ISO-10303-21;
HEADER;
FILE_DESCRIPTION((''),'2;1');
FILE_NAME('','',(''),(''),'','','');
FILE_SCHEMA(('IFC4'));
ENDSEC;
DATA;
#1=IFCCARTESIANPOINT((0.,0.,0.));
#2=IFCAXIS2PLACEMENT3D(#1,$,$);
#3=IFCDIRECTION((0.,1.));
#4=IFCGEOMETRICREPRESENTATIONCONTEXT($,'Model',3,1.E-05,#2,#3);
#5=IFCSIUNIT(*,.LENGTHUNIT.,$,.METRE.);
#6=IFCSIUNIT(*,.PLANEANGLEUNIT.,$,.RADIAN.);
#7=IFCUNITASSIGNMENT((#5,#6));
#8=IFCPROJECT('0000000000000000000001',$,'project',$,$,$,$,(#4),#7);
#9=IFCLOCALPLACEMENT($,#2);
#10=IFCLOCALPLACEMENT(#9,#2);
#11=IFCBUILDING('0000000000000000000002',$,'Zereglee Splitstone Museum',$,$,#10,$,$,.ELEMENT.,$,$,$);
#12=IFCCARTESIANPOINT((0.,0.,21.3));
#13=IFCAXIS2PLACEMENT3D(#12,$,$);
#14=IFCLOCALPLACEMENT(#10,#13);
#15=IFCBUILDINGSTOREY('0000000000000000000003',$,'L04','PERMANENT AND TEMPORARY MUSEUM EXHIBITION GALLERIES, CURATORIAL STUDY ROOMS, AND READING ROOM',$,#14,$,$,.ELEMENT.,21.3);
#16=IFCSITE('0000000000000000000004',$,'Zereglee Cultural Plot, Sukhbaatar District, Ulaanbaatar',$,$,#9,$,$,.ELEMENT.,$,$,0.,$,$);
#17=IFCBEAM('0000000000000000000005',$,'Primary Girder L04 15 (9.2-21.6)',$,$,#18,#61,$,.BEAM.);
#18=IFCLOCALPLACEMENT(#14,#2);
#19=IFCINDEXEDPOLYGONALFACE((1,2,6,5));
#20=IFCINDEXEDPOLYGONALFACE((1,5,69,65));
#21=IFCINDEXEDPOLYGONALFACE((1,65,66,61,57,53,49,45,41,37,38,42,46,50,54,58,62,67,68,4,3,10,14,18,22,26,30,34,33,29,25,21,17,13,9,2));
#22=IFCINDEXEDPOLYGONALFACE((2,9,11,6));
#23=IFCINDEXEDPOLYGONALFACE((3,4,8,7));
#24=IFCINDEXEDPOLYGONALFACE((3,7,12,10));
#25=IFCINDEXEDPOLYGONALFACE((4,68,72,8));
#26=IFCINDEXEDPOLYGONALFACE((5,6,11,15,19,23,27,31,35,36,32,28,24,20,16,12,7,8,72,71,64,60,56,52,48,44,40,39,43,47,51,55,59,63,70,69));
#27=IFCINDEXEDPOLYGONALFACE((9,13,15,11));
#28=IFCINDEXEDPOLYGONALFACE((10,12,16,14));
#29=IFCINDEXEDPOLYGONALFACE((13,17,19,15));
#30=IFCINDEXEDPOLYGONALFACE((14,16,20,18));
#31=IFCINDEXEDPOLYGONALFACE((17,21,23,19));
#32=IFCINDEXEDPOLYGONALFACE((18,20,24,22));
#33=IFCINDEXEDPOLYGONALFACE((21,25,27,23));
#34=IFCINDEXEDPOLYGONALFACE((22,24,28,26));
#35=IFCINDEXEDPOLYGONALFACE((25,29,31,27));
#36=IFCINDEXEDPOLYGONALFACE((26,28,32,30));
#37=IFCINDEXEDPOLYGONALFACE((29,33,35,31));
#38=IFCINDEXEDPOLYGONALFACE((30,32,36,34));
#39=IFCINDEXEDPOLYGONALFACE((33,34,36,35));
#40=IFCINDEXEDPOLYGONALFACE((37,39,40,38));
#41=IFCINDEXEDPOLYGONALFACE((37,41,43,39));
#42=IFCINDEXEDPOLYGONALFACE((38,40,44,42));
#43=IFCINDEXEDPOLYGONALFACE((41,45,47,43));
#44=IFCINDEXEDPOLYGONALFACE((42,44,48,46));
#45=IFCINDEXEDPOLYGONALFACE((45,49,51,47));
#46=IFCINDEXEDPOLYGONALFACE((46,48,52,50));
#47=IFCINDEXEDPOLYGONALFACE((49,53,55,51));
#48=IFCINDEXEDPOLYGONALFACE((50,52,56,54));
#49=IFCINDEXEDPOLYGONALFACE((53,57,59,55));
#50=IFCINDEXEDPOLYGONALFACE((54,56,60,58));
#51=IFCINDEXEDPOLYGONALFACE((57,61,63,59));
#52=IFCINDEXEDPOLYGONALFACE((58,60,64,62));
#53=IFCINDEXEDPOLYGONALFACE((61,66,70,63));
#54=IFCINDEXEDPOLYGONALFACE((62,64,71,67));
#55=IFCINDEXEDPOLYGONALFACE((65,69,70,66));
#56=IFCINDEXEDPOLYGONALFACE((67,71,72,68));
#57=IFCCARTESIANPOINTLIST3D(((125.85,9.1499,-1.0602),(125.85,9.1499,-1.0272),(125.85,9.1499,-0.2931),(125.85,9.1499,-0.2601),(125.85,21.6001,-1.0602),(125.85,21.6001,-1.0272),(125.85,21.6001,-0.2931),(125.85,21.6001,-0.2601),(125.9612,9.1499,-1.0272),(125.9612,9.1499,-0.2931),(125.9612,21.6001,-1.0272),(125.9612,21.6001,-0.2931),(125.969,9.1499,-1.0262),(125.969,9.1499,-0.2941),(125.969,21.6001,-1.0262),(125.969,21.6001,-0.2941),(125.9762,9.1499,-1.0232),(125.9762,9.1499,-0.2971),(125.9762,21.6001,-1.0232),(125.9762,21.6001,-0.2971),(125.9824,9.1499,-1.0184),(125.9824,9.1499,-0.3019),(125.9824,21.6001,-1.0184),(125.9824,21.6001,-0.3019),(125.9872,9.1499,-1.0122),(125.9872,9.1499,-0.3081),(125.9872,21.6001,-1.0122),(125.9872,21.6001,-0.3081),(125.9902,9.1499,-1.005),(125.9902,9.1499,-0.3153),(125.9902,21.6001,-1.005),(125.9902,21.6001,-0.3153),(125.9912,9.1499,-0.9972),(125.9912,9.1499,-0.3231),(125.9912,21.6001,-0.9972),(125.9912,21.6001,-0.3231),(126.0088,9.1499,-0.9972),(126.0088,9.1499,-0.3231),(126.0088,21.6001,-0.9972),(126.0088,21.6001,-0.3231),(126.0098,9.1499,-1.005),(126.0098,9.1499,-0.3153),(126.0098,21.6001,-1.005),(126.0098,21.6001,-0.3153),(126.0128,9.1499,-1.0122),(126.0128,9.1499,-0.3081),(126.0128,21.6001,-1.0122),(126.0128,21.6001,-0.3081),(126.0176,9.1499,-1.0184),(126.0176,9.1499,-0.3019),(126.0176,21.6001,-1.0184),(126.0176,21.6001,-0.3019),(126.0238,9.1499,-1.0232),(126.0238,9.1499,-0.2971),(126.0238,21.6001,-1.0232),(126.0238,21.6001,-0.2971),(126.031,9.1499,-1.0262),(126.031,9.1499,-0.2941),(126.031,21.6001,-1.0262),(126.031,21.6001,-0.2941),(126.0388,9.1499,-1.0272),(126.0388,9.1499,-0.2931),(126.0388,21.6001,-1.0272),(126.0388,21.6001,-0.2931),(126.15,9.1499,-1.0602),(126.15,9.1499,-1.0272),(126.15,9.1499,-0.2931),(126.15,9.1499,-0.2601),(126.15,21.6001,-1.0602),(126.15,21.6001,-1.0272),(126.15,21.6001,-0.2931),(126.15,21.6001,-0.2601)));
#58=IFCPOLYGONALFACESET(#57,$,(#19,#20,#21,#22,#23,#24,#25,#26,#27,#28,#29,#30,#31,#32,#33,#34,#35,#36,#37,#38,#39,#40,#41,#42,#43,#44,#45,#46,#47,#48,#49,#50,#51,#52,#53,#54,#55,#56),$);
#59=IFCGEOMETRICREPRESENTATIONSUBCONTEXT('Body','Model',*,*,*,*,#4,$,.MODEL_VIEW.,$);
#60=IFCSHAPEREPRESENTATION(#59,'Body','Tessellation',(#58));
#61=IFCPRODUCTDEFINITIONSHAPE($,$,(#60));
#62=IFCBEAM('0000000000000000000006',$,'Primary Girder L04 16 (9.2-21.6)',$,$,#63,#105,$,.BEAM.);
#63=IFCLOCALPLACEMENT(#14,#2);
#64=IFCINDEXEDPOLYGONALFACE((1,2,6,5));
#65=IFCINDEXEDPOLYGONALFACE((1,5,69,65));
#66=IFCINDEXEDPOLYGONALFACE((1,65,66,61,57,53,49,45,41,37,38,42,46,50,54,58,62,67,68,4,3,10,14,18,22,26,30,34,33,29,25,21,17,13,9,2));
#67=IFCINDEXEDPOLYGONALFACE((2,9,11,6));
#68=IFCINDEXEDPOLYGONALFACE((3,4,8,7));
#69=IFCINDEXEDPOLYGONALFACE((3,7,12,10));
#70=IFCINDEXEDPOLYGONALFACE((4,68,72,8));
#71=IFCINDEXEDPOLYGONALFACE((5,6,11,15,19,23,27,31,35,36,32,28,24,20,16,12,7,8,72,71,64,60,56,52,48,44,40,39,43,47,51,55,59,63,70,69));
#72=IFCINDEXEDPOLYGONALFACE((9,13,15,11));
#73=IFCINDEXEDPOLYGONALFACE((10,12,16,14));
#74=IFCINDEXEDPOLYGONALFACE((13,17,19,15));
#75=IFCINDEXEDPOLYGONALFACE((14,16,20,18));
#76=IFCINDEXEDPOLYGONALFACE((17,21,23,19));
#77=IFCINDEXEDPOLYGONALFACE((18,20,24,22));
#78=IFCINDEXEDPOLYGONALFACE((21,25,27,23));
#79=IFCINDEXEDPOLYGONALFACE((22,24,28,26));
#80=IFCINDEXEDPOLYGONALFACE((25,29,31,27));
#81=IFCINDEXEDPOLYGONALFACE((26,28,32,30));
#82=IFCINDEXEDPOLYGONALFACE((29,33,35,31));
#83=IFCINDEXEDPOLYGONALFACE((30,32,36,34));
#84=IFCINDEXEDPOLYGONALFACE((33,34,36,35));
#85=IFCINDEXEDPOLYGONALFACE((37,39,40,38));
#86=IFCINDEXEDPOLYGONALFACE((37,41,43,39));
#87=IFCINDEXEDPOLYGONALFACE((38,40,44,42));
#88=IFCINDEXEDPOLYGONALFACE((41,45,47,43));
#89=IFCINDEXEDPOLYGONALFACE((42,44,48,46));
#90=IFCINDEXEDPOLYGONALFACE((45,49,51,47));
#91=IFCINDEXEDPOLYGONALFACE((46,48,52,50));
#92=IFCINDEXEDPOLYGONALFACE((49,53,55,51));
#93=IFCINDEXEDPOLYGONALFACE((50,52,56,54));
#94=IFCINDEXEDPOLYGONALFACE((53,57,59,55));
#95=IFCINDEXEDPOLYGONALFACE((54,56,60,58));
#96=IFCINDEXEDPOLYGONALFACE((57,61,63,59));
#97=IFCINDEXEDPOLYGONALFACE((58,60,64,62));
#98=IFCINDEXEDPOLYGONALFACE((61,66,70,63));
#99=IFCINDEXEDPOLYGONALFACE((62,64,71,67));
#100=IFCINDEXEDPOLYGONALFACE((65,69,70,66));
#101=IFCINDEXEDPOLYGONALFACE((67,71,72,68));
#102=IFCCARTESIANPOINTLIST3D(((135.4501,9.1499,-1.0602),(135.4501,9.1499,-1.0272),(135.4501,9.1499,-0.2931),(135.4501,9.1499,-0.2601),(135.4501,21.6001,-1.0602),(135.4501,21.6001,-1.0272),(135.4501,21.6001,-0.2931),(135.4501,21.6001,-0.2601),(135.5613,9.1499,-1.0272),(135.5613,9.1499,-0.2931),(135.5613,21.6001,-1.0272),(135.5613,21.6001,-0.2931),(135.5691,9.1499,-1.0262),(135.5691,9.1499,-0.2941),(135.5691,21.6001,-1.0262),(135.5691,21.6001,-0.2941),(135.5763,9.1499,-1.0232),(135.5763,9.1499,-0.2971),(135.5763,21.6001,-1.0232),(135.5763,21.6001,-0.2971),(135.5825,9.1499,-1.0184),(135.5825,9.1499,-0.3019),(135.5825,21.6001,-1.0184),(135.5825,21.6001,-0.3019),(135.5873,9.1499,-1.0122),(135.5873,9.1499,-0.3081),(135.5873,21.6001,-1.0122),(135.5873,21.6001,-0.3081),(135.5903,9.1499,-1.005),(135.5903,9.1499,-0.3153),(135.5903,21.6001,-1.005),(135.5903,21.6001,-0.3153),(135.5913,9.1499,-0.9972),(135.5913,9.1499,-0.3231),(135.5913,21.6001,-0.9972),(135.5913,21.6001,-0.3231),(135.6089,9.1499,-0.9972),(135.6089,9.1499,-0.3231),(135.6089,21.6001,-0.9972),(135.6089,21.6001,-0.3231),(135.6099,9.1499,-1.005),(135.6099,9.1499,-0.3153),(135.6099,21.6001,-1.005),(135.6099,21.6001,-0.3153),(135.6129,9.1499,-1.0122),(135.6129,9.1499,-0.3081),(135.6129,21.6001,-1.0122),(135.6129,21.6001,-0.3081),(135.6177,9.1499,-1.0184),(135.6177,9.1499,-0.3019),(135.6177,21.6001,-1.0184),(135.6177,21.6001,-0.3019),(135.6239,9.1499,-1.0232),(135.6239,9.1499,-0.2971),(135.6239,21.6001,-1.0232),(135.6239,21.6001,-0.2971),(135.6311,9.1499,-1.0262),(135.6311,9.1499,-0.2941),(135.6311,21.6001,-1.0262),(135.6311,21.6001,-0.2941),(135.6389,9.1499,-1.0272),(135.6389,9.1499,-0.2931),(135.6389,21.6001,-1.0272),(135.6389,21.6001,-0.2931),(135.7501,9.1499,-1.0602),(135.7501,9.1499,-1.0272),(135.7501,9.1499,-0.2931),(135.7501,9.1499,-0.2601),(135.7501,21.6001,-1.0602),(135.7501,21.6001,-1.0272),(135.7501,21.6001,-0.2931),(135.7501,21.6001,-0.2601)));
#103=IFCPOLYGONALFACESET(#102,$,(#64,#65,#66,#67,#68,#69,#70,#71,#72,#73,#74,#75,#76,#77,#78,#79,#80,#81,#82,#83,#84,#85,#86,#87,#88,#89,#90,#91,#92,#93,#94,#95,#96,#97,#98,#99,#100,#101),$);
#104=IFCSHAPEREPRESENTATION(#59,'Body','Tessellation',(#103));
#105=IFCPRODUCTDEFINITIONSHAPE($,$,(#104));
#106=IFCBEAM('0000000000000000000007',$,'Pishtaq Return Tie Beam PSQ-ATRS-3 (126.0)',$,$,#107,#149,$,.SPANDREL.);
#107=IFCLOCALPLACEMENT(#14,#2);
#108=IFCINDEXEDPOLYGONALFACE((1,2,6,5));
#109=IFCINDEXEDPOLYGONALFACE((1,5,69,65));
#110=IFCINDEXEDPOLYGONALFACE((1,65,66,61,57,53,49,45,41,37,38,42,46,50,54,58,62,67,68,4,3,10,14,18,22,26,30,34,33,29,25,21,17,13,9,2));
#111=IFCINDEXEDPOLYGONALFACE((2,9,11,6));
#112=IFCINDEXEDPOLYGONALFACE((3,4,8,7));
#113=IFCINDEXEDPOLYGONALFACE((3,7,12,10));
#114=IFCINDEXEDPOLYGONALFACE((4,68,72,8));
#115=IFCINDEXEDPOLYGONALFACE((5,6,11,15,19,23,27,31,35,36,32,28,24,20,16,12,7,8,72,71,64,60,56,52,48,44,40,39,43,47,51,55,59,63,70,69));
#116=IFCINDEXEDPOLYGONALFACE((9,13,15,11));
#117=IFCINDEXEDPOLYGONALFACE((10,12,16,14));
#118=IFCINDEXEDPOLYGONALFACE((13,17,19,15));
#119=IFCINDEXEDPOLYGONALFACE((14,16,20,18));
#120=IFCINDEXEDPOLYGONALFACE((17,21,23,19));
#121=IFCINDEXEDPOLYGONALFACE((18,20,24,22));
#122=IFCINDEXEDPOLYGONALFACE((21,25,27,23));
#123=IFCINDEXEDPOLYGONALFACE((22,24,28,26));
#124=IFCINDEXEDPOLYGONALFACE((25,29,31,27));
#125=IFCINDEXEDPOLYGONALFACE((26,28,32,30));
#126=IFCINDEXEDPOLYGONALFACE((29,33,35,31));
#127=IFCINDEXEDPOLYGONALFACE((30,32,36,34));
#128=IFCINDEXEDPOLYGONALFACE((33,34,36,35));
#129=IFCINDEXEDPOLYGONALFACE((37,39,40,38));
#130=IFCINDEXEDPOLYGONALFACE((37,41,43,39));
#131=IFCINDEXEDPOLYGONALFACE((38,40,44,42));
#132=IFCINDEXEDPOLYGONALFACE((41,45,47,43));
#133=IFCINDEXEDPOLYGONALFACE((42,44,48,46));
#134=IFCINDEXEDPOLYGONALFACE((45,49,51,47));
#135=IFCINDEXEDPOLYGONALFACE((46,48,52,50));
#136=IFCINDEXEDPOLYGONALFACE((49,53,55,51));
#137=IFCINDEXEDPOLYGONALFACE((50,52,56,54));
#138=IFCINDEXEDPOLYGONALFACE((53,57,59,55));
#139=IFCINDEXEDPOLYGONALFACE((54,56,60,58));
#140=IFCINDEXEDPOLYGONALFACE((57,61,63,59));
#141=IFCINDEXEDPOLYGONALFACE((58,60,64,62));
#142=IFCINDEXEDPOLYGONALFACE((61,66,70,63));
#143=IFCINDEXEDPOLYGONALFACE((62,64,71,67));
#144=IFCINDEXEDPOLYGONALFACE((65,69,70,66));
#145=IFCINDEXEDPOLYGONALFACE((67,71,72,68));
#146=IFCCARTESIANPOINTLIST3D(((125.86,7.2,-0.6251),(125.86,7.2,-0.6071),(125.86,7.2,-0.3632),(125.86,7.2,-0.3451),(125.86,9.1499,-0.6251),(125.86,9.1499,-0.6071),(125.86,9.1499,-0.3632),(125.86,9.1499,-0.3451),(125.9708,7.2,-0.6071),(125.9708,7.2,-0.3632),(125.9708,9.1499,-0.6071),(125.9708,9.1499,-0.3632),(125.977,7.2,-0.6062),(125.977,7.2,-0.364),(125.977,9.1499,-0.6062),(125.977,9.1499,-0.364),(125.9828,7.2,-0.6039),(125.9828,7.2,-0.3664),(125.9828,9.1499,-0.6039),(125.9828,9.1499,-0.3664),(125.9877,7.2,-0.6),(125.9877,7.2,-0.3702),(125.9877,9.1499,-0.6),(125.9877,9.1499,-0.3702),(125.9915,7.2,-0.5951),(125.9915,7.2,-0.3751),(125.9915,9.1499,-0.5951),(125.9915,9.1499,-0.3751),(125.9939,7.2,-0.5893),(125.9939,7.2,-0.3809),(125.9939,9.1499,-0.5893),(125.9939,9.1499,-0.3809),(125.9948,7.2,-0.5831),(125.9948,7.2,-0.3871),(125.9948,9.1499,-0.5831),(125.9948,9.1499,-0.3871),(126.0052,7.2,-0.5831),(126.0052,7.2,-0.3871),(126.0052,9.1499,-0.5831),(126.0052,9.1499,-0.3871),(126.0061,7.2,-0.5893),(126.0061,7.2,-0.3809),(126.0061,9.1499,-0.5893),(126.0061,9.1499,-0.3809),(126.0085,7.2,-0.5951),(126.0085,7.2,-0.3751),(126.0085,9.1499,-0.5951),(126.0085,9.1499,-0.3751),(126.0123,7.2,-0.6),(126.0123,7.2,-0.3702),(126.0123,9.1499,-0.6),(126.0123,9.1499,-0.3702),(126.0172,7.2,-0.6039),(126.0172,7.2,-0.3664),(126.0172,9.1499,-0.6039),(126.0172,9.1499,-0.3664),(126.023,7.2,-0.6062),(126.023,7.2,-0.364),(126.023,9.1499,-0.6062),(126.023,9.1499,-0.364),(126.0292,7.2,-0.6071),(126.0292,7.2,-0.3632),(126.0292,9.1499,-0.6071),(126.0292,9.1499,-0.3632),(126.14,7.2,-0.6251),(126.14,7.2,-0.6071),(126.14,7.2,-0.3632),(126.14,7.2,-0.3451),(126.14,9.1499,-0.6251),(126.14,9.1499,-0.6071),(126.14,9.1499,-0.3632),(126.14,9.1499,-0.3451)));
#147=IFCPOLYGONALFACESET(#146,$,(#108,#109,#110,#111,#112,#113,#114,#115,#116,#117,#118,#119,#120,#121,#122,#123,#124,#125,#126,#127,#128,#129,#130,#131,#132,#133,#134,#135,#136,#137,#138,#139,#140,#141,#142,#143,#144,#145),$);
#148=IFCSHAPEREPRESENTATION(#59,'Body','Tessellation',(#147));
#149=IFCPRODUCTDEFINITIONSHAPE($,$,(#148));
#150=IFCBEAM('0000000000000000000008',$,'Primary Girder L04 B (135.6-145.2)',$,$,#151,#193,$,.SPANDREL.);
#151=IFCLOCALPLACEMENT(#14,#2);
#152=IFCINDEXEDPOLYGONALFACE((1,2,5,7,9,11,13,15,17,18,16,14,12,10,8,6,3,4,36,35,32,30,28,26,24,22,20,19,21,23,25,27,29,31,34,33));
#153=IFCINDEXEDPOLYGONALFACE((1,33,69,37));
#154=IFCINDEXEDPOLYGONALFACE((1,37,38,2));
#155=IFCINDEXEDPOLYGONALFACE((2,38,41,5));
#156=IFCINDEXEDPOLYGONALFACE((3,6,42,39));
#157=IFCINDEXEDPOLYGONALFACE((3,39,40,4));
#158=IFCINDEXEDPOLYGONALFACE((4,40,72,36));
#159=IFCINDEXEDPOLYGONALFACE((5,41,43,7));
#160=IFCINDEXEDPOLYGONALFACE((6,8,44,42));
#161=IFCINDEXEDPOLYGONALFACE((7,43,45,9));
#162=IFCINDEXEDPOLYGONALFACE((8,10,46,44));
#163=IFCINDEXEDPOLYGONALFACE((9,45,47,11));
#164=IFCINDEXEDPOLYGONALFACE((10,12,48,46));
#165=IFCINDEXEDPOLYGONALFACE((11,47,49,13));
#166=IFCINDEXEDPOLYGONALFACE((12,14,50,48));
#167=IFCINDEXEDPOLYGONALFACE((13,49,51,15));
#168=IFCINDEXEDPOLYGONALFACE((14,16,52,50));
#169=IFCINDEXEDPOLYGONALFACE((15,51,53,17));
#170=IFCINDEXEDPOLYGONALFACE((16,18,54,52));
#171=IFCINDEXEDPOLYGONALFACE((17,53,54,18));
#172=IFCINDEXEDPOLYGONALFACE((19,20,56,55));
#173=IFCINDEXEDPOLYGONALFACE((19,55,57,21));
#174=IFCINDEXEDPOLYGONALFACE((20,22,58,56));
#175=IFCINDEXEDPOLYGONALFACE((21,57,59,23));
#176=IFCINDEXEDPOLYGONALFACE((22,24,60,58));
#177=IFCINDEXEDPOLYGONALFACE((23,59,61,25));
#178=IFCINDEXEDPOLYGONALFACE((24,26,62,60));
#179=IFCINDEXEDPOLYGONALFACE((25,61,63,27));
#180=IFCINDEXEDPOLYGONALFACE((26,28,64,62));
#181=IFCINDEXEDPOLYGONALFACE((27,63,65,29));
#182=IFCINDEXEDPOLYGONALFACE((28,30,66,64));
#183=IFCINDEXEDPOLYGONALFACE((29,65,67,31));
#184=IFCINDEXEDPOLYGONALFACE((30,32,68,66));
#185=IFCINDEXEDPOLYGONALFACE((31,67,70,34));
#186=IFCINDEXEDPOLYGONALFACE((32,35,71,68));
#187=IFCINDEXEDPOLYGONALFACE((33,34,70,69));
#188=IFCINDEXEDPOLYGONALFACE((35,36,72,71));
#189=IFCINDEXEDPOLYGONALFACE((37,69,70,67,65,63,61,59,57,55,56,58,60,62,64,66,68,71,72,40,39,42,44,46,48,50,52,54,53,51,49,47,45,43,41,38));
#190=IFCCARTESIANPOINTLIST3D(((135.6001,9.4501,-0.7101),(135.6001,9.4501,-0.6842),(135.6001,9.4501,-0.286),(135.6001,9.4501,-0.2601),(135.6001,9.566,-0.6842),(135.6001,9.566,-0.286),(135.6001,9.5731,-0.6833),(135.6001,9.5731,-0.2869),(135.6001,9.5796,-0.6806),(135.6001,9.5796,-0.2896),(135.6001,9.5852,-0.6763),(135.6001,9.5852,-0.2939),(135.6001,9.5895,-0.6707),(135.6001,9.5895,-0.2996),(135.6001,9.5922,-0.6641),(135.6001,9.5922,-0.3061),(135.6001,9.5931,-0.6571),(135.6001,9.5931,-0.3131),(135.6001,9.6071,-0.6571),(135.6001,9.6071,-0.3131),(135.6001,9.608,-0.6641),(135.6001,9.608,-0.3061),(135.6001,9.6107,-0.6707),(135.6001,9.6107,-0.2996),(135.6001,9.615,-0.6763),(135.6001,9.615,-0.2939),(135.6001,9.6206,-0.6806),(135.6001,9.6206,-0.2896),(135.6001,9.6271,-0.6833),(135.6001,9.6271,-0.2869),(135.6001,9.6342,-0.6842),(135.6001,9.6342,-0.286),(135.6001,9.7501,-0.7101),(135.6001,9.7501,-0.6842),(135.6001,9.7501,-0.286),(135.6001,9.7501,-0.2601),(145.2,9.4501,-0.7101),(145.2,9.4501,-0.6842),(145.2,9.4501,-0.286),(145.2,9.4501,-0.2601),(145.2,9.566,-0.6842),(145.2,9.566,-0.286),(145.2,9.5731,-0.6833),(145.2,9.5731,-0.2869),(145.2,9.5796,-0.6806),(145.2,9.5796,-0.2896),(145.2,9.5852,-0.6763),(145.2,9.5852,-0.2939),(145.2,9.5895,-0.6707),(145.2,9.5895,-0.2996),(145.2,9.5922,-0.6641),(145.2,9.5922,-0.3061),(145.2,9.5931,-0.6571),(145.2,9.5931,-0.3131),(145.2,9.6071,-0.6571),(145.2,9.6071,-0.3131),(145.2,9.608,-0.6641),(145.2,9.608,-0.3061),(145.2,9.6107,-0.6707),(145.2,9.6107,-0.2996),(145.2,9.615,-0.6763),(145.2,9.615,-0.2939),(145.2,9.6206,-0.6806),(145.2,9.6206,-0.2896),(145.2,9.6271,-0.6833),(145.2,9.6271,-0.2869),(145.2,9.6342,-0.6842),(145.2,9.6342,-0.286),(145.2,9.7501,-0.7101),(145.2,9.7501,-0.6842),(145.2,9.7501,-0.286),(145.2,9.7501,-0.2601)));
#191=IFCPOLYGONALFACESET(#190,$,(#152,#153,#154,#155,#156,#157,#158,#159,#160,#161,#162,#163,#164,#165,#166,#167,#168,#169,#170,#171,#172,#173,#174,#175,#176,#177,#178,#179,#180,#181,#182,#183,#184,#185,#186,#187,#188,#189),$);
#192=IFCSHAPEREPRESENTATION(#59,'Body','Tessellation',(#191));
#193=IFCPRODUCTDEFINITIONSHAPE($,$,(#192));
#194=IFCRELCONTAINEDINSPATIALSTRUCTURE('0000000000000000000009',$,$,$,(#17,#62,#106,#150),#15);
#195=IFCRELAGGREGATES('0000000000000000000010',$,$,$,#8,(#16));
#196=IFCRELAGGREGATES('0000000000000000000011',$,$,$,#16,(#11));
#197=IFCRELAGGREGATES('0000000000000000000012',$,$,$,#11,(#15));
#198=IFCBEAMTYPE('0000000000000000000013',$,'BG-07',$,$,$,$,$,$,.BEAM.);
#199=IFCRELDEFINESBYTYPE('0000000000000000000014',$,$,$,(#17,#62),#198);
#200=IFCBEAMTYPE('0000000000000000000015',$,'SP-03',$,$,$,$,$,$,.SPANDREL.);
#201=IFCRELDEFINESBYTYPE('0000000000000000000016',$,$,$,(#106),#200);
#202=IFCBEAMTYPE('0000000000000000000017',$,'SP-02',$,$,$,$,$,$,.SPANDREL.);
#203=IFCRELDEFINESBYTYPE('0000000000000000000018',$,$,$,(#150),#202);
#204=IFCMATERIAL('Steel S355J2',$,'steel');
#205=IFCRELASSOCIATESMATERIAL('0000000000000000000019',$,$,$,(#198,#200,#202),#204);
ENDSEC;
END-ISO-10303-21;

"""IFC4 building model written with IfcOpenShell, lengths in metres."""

from ifc_helpers import new_model, si_unit, direction, frame, origin, origin_2d, place, context, subcontext, project, spatial, i_section, extrude, material, material_profile, profile_set, type_object, element, save


model = new_model("IFC4")

# Units and contexts
model_context = context("Model", 3, precision=1e-05, world=origin(), true_north=direction((0.0, 1.0)))
body_context = subcontext(model_context, "Body", "Model", "MODEL_VIEW")
ifc_project = project(units=[si_unit("LENGTHUNIT", "METRE"), si_unit("PLANEANGLEUNIT", "RADIAN")], contexts=[model_context])

# Site, building, storey
site_placement = place(None, origin())
site = spatial("IfcSite", under=ifc_project, at=site_placement, Name="Zereglee Cultural Plot, Sukhbaatar District, Ulaanbaatar", CompositionType="ELEMENT", RefElevation=0.0)
building_placement = place(site_placement, origin())
building = spatial("IfcBuilding", under=site, at=building_placement, Name="Zereglee Splitstone Museum", CompositionType="ELEMENT")
storey_placement = place(building_placement, frame((0.0, 0.0, 21.3)))
storey = spatial("IfcBuildingStorey", under=building, at=storey_placement, Name="L04", Description="PERMANENT AND TEMPORARY MUSEUM EXHIBITION GALLERIES, CURATORIAL STUDY ROOMS, AND READING ROOM", CompositionType="ELEMENT", Elevation=21.3)

# Shared definitions
ifc_material_1 = material(Name="Steel S355J2", Category="steel")

# Beams
ifc_material_profile_1 = material_profile(ifc_material_1, i_section(OverallWidth=0.3, OverallDepth=0.8, WebThickness=0.0176, FlangeThickness=0.033, FilletRadius=0.03, at=origin_2d()), Name="HE 800 B")
ifc_profile_set_1 = profile_set([ifc_material_profile_1], Name="Steel S355J2")
beam_type_1 = type_object("IfcBeamType", Name="BG-07", PredefinedType="BEAM", material=ifc_profile_set_1)
for number, where, z_axis, x_axis, name in (
    (1, (126.0, 9.1499, -0.6602), (0.0, 1.0, 0.0), (-1.0, 0.0, 0.0), "Primary Girder L04 15 (9.2-21.6)"),
    (2, (135.6001, 9.1499, -0.6602), (0.0, 1.0, 0.0), (-1.0, 0.0, 0.0), "Primary Girder L04 16 (9.2-21.6)"),
):
    element("IfcBeam", number, at=place(storey_placement, frame(where, z_axis=z_axis, x_axis=x_axis)), inside=storey, type_object=beam_type_1, Name=name, PredefinedType="BEAM", context=body_context, shape_type="SweptSolid", body=[
        extrude(i_section(OverallWidth=0.3, OverallDepth=0.8, WebThickness=0.0176, FlangeThickness=0.033, FilletRadius=0.03, at=origin_2d()), origin(), (0.0, 0.0, 1.0), 12.4502),
    ])
ifc_material_profile_2 = material_profile(ifc_material_1, i_section(OverallWidth=0.28, OverallDepth=0.28, WebThickness=0.0105, FlangeThickness=0.0181, FilletRadius=0.0239, at=origin_2d()), Name="HE 280 B")
ifc_profile_set_2 = profile_set([ifc_material_profile_2], Name="Steel S355J2")
beam_type_2 = type_object("IfcBeamType", Name="SP-03", PredefinedType="SPANDREL", material=ifc_profile_set_2)
beam_1_placement = place(storey_placement, frame((126.0, 7.2, -0.4851), z_axis=(0.0, 1.0, 0.0), x_axis=(-1.0, 0.0, 0.0)))
element("IfcBeam", 3, at=beam_1_placement, inside=storey, type_object=beam_type_2, Name="Pishtaq Return Tie Beam PSQ-ATRS-3 (126.0)", PredefinedType="SPANDREL", context=body_context, shape_type="SweptSolid", body=[
    extrude(i_section(OverallWidth=0.28, OverallDepth=0.28, WebThickness=0.0105, FlangeThickness=0.0181, FilletRadius=0.0239, at=origin_2d()), origin(), (0.0, 0.0, 1.0), 1.95),
])
ifc_material_profile_3 = material_profile(ifc_material_1, i_section(OverallWidth=0.3, OverallDepth=0.45, WebThickness=0.0139, FlangeThickness=0.0259, FilletRadius=0.0271, at=origin_2d()), Name="HE 450 B")
ifc_profile_set_3 = profile_set([ifc_material_profile_3], Name="Steel S355J2")
beam_type_3 = type_object("IfcBeamType", Name="SP-02", PredefinedType="SPANDREL", material=ifc_profile_set_3)
beam_2_placement = place(storey_placement, frame((135.6001, 9.6001, -0.4851), z_axis=(1.0, 0.0, 0.0), x_axis=(0.0, 1.0, 0.0)))
element("IfcBeam", 4, at=beam_2_placement, inside=storey, type_object=beam_type_3, Name="Primary Girder L04 B (135.6-145.2)", PredefinedType="SPANDREL", context=body_context, shape_type="SweptSolid", body=[
    extrude(i_section(OverallWidth=0.3, OverallDepth=0.45, WebThickness=0.0139, FlangeThickness=0.0259, FilletRadius=0.0271, at=origin_2d()), origin(), (0.0, 0.0, 1.0), 9.5999),
])

save(model, "model.ifc")
